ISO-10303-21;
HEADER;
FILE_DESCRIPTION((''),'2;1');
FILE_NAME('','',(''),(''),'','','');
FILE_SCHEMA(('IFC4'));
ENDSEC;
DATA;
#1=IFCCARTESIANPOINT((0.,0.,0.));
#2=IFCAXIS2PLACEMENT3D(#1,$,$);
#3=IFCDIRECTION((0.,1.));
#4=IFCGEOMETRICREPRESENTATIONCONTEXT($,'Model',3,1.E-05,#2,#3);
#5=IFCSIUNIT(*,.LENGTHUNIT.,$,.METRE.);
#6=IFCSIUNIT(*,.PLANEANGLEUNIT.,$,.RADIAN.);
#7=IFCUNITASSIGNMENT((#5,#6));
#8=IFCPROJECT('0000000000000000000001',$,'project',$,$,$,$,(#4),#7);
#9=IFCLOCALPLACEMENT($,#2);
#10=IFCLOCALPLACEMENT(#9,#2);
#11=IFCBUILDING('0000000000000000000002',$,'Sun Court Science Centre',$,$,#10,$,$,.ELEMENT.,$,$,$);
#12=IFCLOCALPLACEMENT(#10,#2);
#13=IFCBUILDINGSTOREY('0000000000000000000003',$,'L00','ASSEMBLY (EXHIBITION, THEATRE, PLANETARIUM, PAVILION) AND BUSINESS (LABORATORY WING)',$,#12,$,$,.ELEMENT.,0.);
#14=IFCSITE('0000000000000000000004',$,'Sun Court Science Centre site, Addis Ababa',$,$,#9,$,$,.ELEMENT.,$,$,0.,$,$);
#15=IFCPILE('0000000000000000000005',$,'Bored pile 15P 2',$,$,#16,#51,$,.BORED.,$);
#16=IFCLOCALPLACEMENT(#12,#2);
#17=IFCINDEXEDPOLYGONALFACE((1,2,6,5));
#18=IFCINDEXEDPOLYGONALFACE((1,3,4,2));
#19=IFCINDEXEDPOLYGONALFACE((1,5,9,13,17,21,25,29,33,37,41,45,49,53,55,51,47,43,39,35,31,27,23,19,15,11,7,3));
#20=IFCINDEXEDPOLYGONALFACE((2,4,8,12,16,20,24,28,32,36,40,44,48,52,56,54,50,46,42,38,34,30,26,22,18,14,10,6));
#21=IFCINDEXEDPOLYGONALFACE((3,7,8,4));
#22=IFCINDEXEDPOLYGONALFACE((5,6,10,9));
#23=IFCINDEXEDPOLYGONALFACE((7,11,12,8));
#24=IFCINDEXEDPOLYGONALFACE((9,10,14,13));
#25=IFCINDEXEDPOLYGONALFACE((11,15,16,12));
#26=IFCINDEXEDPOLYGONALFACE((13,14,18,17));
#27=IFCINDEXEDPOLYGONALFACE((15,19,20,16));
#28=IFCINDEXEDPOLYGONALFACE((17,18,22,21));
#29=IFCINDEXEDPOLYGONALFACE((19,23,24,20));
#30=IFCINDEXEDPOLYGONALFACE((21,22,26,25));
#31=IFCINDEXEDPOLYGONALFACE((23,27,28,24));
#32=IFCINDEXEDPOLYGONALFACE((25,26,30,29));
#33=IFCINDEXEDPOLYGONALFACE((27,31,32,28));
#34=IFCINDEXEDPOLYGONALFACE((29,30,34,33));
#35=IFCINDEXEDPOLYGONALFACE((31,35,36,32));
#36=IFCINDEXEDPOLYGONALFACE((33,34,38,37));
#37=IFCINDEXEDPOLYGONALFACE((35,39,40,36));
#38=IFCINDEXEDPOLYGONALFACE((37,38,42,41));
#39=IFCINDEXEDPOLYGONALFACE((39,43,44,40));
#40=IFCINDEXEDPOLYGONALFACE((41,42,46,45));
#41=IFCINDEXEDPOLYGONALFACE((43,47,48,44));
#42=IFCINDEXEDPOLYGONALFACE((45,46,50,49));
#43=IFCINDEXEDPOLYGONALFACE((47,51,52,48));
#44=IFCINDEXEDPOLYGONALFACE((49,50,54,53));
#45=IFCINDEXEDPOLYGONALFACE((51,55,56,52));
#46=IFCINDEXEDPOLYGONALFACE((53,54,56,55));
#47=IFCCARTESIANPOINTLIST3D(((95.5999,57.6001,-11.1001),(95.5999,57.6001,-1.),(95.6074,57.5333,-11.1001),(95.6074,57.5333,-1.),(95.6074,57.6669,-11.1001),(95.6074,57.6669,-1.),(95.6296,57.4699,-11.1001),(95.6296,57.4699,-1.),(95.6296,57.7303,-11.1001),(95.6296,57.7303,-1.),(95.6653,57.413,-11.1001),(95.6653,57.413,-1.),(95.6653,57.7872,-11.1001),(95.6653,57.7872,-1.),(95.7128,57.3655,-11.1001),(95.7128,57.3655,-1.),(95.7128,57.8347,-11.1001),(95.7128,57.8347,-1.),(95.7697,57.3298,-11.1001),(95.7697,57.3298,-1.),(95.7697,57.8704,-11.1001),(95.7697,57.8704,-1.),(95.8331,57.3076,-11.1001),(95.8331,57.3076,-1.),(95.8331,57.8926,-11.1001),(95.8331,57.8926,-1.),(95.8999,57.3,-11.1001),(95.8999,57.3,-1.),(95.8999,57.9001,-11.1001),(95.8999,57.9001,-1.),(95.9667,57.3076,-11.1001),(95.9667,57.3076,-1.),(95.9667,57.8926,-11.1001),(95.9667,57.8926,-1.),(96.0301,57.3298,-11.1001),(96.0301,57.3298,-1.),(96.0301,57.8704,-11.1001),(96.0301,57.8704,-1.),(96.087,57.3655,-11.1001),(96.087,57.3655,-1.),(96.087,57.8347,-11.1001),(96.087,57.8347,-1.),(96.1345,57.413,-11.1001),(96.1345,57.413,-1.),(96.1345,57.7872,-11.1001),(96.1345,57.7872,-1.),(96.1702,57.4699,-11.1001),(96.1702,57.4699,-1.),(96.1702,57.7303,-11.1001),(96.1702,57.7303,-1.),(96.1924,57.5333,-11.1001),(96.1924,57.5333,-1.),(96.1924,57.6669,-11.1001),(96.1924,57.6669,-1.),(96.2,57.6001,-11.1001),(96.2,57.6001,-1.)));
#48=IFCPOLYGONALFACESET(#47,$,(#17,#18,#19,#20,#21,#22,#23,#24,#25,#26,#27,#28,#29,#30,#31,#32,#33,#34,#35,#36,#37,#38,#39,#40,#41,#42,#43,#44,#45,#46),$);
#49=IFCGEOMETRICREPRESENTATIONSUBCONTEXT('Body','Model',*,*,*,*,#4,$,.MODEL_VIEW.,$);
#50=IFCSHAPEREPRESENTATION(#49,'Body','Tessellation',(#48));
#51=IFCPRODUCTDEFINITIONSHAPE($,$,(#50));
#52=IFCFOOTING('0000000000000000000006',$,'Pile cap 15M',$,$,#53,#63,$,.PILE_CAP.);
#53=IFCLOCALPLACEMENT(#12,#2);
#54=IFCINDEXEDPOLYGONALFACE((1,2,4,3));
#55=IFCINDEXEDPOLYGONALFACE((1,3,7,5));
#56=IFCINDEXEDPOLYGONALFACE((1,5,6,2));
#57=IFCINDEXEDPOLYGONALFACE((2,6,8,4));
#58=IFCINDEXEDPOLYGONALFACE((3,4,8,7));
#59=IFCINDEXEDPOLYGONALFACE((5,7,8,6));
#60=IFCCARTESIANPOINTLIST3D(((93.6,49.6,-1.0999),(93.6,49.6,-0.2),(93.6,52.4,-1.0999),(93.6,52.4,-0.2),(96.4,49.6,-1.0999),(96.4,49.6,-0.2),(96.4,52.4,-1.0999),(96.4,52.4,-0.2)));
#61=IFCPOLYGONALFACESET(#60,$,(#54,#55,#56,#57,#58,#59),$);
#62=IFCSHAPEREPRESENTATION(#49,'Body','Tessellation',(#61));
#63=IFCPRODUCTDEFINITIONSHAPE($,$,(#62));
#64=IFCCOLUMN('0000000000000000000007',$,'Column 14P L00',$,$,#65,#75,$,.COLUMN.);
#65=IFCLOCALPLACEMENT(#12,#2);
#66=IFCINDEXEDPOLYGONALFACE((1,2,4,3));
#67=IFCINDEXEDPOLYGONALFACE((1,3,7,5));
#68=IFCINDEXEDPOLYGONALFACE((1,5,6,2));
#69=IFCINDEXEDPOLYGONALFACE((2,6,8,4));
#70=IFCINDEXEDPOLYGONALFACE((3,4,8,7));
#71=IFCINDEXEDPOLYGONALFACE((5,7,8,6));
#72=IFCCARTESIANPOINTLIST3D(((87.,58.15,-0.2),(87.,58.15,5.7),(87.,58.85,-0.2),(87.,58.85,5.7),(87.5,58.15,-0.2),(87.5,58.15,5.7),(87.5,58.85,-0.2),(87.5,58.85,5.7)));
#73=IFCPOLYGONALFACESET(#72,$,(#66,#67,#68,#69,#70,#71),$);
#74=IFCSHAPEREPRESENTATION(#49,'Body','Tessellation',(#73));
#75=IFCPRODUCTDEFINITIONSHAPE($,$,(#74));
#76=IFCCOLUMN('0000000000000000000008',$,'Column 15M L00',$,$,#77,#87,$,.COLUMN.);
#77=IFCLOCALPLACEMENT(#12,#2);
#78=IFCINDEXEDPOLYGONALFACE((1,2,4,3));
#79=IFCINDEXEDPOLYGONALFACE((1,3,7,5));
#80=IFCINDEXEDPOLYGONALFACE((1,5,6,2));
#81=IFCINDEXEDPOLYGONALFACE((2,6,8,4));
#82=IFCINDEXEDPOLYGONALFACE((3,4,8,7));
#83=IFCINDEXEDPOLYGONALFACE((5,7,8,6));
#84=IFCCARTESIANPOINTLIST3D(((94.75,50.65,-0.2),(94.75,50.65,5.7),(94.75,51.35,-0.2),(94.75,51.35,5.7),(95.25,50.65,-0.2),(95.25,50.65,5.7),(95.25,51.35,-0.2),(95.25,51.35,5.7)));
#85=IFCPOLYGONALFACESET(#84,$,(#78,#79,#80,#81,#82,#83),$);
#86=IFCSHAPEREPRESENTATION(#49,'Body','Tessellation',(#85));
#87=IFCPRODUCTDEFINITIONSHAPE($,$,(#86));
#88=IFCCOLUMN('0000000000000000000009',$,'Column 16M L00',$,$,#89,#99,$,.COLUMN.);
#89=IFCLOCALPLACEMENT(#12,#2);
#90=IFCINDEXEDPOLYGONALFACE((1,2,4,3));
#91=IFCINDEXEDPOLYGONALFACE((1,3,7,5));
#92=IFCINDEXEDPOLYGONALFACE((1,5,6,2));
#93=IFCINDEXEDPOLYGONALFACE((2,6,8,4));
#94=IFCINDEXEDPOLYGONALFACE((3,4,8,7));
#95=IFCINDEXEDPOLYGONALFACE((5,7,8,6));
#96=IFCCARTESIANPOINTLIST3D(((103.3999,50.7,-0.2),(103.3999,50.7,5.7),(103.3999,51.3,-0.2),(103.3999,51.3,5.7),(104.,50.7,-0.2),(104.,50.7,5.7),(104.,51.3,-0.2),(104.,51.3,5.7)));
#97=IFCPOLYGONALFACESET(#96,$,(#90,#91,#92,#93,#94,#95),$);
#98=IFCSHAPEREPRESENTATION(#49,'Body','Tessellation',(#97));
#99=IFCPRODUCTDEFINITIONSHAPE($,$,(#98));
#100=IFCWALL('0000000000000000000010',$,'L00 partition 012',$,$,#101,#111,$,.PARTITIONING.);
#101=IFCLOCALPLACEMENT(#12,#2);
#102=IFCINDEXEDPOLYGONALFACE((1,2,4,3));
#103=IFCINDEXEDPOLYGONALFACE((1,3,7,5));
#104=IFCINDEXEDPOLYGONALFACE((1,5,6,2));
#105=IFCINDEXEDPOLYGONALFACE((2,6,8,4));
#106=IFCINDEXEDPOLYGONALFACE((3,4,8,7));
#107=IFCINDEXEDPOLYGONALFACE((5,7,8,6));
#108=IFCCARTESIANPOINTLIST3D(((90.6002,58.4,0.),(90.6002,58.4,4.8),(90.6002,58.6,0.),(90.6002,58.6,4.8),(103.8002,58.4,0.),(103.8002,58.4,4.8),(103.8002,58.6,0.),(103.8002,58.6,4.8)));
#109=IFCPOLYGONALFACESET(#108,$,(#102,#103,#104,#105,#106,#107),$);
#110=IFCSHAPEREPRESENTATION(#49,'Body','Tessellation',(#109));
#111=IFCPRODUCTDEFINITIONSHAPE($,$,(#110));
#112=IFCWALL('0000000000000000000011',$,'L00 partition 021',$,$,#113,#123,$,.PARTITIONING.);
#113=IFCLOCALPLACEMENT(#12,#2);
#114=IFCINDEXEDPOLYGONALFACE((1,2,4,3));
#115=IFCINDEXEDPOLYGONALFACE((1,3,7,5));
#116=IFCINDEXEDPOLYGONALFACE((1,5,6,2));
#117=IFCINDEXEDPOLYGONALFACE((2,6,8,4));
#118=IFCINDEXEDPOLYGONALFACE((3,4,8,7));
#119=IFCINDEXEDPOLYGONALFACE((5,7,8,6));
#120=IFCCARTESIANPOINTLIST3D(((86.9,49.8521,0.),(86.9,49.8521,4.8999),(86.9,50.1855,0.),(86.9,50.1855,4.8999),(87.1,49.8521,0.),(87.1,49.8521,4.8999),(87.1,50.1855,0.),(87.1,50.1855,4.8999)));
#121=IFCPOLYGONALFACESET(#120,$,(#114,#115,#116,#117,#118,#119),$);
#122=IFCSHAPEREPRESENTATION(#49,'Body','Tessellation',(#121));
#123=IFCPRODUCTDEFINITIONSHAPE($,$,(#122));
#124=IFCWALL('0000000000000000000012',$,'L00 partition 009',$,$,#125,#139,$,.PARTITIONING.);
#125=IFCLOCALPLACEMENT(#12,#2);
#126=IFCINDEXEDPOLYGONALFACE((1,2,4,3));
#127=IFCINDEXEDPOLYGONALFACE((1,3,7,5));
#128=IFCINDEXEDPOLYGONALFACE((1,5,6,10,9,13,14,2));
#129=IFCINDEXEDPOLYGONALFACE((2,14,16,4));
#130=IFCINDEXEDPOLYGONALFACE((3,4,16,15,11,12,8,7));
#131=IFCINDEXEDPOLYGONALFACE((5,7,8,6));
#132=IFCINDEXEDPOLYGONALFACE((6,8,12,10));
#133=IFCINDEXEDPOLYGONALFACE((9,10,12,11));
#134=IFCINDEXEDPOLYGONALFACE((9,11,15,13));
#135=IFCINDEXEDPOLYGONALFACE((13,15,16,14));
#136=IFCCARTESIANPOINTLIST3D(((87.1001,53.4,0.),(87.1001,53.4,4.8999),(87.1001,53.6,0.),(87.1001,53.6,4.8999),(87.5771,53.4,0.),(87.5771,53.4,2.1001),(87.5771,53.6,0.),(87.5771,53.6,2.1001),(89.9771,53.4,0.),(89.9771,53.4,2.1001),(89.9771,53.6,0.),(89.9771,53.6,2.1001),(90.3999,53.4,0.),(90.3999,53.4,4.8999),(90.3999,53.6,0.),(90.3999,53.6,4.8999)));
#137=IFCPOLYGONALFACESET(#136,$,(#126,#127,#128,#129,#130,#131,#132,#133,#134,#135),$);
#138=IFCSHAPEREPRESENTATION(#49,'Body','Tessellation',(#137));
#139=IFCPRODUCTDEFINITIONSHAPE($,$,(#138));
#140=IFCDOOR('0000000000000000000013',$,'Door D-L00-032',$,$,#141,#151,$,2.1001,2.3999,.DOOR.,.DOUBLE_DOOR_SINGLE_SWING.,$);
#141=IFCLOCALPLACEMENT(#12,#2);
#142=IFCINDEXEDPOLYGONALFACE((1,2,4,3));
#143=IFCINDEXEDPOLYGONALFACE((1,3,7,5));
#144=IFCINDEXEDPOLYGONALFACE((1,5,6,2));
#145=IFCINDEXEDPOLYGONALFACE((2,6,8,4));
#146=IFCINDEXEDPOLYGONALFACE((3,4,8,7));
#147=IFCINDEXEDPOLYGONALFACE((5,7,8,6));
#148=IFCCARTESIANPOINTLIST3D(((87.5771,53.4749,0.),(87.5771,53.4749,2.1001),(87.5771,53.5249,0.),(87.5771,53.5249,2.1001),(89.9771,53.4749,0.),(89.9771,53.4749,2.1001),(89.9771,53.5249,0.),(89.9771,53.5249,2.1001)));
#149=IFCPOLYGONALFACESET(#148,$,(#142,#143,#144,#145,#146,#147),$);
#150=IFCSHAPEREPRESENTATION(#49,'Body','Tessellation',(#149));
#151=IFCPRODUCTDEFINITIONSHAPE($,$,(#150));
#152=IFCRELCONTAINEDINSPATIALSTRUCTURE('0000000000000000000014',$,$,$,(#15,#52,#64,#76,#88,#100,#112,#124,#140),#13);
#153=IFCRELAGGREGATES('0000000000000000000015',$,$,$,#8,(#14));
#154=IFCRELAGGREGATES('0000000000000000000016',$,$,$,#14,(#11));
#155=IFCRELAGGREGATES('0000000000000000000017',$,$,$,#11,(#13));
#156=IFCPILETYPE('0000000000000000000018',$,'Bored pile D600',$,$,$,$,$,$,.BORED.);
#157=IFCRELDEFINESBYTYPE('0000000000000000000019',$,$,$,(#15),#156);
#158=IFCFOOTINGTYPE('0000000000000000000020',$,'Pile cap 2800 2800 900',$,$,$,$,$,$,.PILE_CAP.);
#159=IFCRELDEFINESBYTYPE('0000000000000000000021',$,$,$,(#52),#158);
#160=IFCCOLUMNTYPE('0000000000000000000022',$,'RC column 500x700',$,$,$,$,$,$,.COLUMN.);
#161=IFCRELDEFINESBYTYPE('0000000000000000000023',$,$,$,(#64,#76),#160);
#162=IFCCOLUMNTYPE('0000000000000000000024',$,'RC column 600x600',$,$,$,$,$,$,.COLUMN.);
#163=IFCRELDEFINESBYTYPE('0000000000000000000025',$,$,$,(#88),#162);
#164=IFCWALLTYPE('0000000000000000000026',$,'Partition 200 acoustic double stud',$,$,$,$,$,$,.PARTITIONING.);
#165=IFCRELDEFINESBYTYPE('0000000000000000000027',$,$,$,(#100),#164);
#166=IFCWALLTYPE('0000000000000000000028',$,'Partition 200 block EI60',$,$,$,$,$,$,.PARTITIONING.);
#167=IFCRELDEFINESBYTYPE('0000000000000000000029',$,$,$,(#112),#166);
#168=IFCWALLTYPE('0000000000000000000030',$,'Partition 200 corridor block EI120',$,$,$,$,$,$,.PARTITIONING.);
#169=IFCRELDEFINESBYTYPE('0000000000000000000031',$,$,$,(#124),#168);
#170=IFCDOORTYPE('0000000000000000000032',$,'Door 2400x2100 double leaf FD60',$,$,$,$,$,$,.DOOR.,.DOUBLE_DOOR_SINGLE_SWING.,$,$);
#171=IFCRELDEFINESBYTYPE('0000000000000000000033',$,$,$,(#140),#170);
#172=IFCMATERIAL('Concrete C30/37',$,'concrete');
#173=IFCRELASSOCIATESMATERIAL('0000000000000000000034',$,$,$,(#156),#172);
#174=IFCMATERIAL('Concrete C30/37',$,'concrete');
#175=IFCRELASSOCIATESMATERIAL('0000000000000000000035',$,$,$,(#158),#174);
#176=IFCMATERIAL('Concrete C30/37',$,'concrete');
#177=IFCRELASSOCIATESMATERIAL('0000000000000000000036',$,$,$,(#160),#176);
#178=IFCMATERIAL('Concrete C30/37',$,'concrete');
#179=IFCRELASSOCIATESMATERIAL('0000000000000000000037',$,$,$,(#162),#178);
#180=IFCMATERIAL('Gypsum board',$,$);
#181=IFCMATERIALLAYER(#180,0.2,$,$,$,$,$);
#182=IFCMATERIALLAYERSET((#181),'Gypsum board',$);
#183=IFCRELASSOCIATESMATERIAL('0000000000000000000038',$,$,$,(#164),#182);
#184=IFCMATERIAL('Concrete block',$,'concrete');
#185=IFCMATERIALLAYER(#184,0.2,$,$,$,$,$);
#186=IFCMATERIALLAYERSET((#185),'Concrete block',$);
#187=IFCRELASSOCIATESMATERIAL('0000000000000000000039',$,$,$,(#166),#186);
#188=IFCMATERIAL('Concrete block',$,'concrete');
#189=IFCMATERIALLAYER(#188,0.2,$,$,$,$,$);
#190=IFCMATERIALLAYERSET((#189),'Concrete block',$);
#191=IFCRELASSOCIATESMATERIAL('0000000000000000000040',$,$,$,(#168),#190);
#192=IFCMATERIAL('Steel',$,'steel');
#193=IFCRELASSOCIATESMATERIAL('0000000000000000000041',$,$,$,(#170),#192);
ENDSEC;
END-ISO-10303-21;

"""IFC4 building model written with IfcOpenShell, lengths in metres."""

from ifc_helpers import new_model, si_unit, direction, frame, frame_2d, origin, origin_2d, place, context, subcontext, project, spatial, rectangle, circle, extrude, material, layer, layer_set, material_profile, profile_set, type_object, element, fill, save


model = new_model("IFC4")

# Units and contexts
model_context = context("Model", 3, precision=1e-05, world=origin(), true_north=direction((0.0, 1.0)))
body_context = subcontext(model_context, "Body", "Model", "MODEL_VIEW")
ifc_project = project(units=[si_unit("LENGTHUNIT", "METRE"), si_unit("PLANEANGLEUNIT", "RADIAN")], contexts=[model_context])

# Site, building, storey
site_placement = place(None, origin())
site = spatial("IfcSite", under=ifc_project, at=site_placement, Name="Sun Court Science Centre site, Addis Ababa", CompositionType="ELEMENT", RefElevation=0.0)
building_placement = place(site_placement, origin())
building = spatial("IfcBuilding", under=site, at=building_placement, Name="Sun Court Science Centre", CompositionType="ELEMENT")
storey_placement = place(building_placement, origin())
storey = spatial("IfcBuildingStorey", under=building, at=storey_placement, Name="L00", Description="ASSEMBLY (EXHIBITION, THEATRE, PLANETARIUM, PAVILION) AND BUSINESS (LABORATORY WING)", CompositionType="ELEMENT", Elevation=0.0)

# Pile
ifc_material_1 = material(Name="Concrete C30/37", Category="concrete")
ifc_material_profile_1 = material_profile(ifc_material_1, circle(Radius=0.3, at=origin_2d()), Name="RC D600")
ifc_profile_set_1 = profile_set([ifc_material_profile_1], Name="Concrete C30/37")
pile_type = type_object("IfcPileType", Name="Bored pile D600", PredefinedType="BORED", material=ifc_profile_set_1)
for number, where, z_axis, x_axis, name in (
    (1, (95.8999, 57.6001, -1.0), (0.0, 0.0, -1.0), (1.0, 0.0, 0.0), "Bored pile 15P 2"),
):
    element("IfcPile", number, at=place(storey_placement, frame(where, z_axis=z_axis, x_axis=x_axis)), inside=storey, type_object=pile_type, Name=name, PredefinedType="BORED", context=body_context, shape_type="SweptSolid", body=[
        extrude(circle(Radius=0.3, at=origin_2d()), origin(), (0.0, 0.0, 1.0), 10.1001),
    ])

# Footing
ifc_material_2 = material(Name="Concrete C30/37", Category="concrete")
footing_type = type_object("IfcFootingType", Name="Pile cap 2800 2800 900", PredefinedType="PILE_CAP", material=ifc_material_2)
footing_placement = place(storey_placement, frame((95.0, 51.0, -1.0999), z_axis=(0.0, 0.0, 1.0), x_axis=(1.0, 0.0, 0.0)))
element("IfcFooting", 2, at=footing_placement, inside=storey, type_object=footing_type, Name="Pile cap 15M", PredefinedType="PILE_CAP", context=body_context, shape_type="SweptSolid", body=[
    extrude(rectangle(XDim=2.8, YDim=2.8, at=origin_2d()), origin(), (0.0, 0.0, 1.0), 0.8999),
])

# Columns
ifc_material_3 = material(Name="Concrete C30/37", Category="concrete")
ifc_material_profile_2 = material_profile(ifc_material_3, rectangle(XDim=0.5, YDim=0.7, at=origin_2d()), Name="RC 500x700")
ifc_profile_set_2 = profile_set([ifc_material_profile_2], Name="Concrete C30/37")
column_type_1 = type_object("IfcColumnType", Name="RC column 500x700", PredefinedType="COLUMN", material=ifc_profile_set_2)
for number, where, z_axis, x_axis, name in (
    (3, (87.25, 58.5, -0.2), (0.0, 0.0, 1.0), (1.0, 0.0, 0.0), "Column 14P L00"),
    (4, (95.0, 51.0, -0.2), (0.0, 0.0, 1.0), (1.0, 0.0, 0.0), "Column 15M L00"),
):
    element("IfcColumn", number, at=place(storey_placement, frame(where, z_axis=z_axis, x_axis=x_axis)), inside=storey, type_object=column_type_1, Name=name, PredefinedType="COLUMN", context=body_context, shape_type="SweptSolid", body=[
        extrude(rectangle(XDim=0.5, YDim=0.7, at=origin_2d()), origin(), (0.0, 0.0, 1.0), 5.8999),
    ])
ifc_material_4 = material(Name="Concrete C30/37", Category="concrete")
ifc_material_profile_3 = material_profile(ifc_material_4, rectangle(XDim=0.6001, YDim=0.6001, at=origin_2d()), Name="RC 600x600")
ifc_profile_set_3 = profile_set([ifc_material_profile_3], Name="Concrete C30/37")
column_type_2 = type_object("IfcColumnType", Name="RC column 600x600", PredefinedType="COLUMN", material=ifc_profile_set_3)
column_placement = place(storey_placement, frame((103.7, 51.0, -0.2), z_axis=(0.0, 0.0, 1.0), x_axis=(1.0, 0.0, 0.0)))
element("IfcColumn", 5, at=column_placement, inside=storey, type_object=column_type_2, Name="Column 16M L00", PredefinedType="COLUMN", context=body_context, shape_type="SweptSolid", body=[
    extrude(rectangle(XDim=0.6001, YDim=0.6001, at=origin_2d()), origin(), (0.0, 0.0, 1.0), 5.8999),
])

# Walls
ifc_material_5 = material(Name="Gypsum board")
ifc_layer_1 = layer(ifc_material_5, 0.2)
ifc_layer_set_1 = layer_set([ifc_layer_1], Name="Gypsum board")
wall_type_1 = type_object("IfcWallType", Name="Partition 200 acoustic double stud", PredefinedType="PARTITIONING", material=ifc_layer_set_1)
wall_1_placement = place(storey_placement, frame((90.6001, 58.5, 0.0), z_axis=(0.0, 0.0, 1.0), x_axis=(1.0, 0.0, 0.0)))
element("IfcWall", 6, at=wall_1_placement, inside=storey, type_object=wall_type_1, Name="L00 partition 012", PredefinedType="PARTITIONING", context=body_context, shape_type="SweptSolid", body=[
    extrude(rectangle(XDim=13.2, YDim=0.2, at=frame_2d((6.6001, 0.0))), origin(), (0.0, 0.0, 1.0), 4.8),
])
ifc_material_6 = material(Name="Concrete block", Category="concrete")
ifc_layer_2 = layer(ifc_material_6, 0.2)
ifc_layer_set_2 = layer_set([ifc_layer_2], Name="Concrete block")
wall_type_2 = type_object("IfcWallType", Name="Partition 200 block EI60", PredefinedType="PARTITIONING", material=ifc_layer_set_2)
wall_2_placement = place(storey_placement, frame((87.0, 49.8521, 0.0), z_axis=(0.0, 0.0, 1.0), x_axis=(0.0, 1.0, 0.0)))
element("IfcWall", 7, at=wall_2_placement, inside=storey, type_object=wall_type_2, Name="L00 partition 021", PredefinedType="PARTITIONING", context=body_context, shape_type="SweptSolid", body=[
    extrude(rectangle(XDim=0.3335, YDim=0.2, at=frame_2d((0.1667, 0.0))), origin(), (0.0, 0.0, 1.0), 4.8999),
])

# Wall, opening, door
ifc_material_7 = material(Name="Concrete block", Category="concrete")
ifc_layer_3 = layer(ifc_material_7, 0.2)
ifc_layer_set_3 = layer_set([ifc_layer_3], Name="Concrete block")
wall_type_3 = type_object("IfcWallType", Name="Partition 200 corridor block EI120", PredefinedType="PARTITIONING", material=ifc_layer_set_3)
wall_3_placement = place(storey_placement, frame((87.1001, 53.5, 0.0), z_axis=(0.0, 0.0, 1.0), x_axis=(1.0, 0.0, 0.0)))
wall_3 = element("IfcWall", 8, at=wall_3_placement, inside=storey, type_object=wall_type_3, Name="L00 partition 009", PredefinedType="PARTITIONING", context=body_context, shape_type="SweptSolid", body=[
    extrude(rectangle(XDim=3.2998, YDim=0.2, at=frame_2d((1.6499, 0.0))), origin(), (0.0, 0.0, 1.0), 4.8999),
])
opening_1_placement = place(wall_3_placement, frame((0.4771, 0.0, 0.0)))
opening_1 = element("IfcOpeningElement", 9, at=opening_1_placement, cuts=wall_3, PredefinedType="OPENING", context=body_context, shape_type="SweptSolid", body=[
    extrude(rectangle(XDim=2.3999, YDim=2.1001, at=frame_2d((1.2, 1.05))), frame((0.0, 0.1099, 0.0), z_axis=(0.0, -1.0, 0.0), x_axis=(1.0, 0.0, 0.0)), (0.0, 0.0, 1.0), 0.22),
])
ifc_material_8 = material(Name="Steel", Category="steel")
door_type_1 = type_object("IfcDoorType", Name="Door 2400x2100 double leaf FD60", OperationType="DOUBLE_DOOR_SINGLE_SWING", PredefinedType="DOOR", material=ifc_material_8)
door_1_placement = place(opening_1_placement, origin())
door_1 = element("IfcDoor", 10, at=door_1_placement, inside=storey, type_object=door_type_1, Name="Door D-L00-032", OperationType="DOUBLE_DOOR_SINGLE_SWING", OverallHeight=2.1001, OverallWidth=2.3999, PredefinedType="DOOR", context=body_context, shape_type="SweptSolid", body=[
    extrude(rectangle(XDim=2.3999, YDim=2.1001, at=frame_2d((1.2, 1.05))), frame((0.0, 0.0249, 0.0), z_axis=(0.0, -1.0, 0.0), x_axis=(1.0, 0.0, 0.0)), (0.0, 0.0, 1.0), 0.05),
])
fill(opening_1, door_1)

save(model, "model.ifc")
